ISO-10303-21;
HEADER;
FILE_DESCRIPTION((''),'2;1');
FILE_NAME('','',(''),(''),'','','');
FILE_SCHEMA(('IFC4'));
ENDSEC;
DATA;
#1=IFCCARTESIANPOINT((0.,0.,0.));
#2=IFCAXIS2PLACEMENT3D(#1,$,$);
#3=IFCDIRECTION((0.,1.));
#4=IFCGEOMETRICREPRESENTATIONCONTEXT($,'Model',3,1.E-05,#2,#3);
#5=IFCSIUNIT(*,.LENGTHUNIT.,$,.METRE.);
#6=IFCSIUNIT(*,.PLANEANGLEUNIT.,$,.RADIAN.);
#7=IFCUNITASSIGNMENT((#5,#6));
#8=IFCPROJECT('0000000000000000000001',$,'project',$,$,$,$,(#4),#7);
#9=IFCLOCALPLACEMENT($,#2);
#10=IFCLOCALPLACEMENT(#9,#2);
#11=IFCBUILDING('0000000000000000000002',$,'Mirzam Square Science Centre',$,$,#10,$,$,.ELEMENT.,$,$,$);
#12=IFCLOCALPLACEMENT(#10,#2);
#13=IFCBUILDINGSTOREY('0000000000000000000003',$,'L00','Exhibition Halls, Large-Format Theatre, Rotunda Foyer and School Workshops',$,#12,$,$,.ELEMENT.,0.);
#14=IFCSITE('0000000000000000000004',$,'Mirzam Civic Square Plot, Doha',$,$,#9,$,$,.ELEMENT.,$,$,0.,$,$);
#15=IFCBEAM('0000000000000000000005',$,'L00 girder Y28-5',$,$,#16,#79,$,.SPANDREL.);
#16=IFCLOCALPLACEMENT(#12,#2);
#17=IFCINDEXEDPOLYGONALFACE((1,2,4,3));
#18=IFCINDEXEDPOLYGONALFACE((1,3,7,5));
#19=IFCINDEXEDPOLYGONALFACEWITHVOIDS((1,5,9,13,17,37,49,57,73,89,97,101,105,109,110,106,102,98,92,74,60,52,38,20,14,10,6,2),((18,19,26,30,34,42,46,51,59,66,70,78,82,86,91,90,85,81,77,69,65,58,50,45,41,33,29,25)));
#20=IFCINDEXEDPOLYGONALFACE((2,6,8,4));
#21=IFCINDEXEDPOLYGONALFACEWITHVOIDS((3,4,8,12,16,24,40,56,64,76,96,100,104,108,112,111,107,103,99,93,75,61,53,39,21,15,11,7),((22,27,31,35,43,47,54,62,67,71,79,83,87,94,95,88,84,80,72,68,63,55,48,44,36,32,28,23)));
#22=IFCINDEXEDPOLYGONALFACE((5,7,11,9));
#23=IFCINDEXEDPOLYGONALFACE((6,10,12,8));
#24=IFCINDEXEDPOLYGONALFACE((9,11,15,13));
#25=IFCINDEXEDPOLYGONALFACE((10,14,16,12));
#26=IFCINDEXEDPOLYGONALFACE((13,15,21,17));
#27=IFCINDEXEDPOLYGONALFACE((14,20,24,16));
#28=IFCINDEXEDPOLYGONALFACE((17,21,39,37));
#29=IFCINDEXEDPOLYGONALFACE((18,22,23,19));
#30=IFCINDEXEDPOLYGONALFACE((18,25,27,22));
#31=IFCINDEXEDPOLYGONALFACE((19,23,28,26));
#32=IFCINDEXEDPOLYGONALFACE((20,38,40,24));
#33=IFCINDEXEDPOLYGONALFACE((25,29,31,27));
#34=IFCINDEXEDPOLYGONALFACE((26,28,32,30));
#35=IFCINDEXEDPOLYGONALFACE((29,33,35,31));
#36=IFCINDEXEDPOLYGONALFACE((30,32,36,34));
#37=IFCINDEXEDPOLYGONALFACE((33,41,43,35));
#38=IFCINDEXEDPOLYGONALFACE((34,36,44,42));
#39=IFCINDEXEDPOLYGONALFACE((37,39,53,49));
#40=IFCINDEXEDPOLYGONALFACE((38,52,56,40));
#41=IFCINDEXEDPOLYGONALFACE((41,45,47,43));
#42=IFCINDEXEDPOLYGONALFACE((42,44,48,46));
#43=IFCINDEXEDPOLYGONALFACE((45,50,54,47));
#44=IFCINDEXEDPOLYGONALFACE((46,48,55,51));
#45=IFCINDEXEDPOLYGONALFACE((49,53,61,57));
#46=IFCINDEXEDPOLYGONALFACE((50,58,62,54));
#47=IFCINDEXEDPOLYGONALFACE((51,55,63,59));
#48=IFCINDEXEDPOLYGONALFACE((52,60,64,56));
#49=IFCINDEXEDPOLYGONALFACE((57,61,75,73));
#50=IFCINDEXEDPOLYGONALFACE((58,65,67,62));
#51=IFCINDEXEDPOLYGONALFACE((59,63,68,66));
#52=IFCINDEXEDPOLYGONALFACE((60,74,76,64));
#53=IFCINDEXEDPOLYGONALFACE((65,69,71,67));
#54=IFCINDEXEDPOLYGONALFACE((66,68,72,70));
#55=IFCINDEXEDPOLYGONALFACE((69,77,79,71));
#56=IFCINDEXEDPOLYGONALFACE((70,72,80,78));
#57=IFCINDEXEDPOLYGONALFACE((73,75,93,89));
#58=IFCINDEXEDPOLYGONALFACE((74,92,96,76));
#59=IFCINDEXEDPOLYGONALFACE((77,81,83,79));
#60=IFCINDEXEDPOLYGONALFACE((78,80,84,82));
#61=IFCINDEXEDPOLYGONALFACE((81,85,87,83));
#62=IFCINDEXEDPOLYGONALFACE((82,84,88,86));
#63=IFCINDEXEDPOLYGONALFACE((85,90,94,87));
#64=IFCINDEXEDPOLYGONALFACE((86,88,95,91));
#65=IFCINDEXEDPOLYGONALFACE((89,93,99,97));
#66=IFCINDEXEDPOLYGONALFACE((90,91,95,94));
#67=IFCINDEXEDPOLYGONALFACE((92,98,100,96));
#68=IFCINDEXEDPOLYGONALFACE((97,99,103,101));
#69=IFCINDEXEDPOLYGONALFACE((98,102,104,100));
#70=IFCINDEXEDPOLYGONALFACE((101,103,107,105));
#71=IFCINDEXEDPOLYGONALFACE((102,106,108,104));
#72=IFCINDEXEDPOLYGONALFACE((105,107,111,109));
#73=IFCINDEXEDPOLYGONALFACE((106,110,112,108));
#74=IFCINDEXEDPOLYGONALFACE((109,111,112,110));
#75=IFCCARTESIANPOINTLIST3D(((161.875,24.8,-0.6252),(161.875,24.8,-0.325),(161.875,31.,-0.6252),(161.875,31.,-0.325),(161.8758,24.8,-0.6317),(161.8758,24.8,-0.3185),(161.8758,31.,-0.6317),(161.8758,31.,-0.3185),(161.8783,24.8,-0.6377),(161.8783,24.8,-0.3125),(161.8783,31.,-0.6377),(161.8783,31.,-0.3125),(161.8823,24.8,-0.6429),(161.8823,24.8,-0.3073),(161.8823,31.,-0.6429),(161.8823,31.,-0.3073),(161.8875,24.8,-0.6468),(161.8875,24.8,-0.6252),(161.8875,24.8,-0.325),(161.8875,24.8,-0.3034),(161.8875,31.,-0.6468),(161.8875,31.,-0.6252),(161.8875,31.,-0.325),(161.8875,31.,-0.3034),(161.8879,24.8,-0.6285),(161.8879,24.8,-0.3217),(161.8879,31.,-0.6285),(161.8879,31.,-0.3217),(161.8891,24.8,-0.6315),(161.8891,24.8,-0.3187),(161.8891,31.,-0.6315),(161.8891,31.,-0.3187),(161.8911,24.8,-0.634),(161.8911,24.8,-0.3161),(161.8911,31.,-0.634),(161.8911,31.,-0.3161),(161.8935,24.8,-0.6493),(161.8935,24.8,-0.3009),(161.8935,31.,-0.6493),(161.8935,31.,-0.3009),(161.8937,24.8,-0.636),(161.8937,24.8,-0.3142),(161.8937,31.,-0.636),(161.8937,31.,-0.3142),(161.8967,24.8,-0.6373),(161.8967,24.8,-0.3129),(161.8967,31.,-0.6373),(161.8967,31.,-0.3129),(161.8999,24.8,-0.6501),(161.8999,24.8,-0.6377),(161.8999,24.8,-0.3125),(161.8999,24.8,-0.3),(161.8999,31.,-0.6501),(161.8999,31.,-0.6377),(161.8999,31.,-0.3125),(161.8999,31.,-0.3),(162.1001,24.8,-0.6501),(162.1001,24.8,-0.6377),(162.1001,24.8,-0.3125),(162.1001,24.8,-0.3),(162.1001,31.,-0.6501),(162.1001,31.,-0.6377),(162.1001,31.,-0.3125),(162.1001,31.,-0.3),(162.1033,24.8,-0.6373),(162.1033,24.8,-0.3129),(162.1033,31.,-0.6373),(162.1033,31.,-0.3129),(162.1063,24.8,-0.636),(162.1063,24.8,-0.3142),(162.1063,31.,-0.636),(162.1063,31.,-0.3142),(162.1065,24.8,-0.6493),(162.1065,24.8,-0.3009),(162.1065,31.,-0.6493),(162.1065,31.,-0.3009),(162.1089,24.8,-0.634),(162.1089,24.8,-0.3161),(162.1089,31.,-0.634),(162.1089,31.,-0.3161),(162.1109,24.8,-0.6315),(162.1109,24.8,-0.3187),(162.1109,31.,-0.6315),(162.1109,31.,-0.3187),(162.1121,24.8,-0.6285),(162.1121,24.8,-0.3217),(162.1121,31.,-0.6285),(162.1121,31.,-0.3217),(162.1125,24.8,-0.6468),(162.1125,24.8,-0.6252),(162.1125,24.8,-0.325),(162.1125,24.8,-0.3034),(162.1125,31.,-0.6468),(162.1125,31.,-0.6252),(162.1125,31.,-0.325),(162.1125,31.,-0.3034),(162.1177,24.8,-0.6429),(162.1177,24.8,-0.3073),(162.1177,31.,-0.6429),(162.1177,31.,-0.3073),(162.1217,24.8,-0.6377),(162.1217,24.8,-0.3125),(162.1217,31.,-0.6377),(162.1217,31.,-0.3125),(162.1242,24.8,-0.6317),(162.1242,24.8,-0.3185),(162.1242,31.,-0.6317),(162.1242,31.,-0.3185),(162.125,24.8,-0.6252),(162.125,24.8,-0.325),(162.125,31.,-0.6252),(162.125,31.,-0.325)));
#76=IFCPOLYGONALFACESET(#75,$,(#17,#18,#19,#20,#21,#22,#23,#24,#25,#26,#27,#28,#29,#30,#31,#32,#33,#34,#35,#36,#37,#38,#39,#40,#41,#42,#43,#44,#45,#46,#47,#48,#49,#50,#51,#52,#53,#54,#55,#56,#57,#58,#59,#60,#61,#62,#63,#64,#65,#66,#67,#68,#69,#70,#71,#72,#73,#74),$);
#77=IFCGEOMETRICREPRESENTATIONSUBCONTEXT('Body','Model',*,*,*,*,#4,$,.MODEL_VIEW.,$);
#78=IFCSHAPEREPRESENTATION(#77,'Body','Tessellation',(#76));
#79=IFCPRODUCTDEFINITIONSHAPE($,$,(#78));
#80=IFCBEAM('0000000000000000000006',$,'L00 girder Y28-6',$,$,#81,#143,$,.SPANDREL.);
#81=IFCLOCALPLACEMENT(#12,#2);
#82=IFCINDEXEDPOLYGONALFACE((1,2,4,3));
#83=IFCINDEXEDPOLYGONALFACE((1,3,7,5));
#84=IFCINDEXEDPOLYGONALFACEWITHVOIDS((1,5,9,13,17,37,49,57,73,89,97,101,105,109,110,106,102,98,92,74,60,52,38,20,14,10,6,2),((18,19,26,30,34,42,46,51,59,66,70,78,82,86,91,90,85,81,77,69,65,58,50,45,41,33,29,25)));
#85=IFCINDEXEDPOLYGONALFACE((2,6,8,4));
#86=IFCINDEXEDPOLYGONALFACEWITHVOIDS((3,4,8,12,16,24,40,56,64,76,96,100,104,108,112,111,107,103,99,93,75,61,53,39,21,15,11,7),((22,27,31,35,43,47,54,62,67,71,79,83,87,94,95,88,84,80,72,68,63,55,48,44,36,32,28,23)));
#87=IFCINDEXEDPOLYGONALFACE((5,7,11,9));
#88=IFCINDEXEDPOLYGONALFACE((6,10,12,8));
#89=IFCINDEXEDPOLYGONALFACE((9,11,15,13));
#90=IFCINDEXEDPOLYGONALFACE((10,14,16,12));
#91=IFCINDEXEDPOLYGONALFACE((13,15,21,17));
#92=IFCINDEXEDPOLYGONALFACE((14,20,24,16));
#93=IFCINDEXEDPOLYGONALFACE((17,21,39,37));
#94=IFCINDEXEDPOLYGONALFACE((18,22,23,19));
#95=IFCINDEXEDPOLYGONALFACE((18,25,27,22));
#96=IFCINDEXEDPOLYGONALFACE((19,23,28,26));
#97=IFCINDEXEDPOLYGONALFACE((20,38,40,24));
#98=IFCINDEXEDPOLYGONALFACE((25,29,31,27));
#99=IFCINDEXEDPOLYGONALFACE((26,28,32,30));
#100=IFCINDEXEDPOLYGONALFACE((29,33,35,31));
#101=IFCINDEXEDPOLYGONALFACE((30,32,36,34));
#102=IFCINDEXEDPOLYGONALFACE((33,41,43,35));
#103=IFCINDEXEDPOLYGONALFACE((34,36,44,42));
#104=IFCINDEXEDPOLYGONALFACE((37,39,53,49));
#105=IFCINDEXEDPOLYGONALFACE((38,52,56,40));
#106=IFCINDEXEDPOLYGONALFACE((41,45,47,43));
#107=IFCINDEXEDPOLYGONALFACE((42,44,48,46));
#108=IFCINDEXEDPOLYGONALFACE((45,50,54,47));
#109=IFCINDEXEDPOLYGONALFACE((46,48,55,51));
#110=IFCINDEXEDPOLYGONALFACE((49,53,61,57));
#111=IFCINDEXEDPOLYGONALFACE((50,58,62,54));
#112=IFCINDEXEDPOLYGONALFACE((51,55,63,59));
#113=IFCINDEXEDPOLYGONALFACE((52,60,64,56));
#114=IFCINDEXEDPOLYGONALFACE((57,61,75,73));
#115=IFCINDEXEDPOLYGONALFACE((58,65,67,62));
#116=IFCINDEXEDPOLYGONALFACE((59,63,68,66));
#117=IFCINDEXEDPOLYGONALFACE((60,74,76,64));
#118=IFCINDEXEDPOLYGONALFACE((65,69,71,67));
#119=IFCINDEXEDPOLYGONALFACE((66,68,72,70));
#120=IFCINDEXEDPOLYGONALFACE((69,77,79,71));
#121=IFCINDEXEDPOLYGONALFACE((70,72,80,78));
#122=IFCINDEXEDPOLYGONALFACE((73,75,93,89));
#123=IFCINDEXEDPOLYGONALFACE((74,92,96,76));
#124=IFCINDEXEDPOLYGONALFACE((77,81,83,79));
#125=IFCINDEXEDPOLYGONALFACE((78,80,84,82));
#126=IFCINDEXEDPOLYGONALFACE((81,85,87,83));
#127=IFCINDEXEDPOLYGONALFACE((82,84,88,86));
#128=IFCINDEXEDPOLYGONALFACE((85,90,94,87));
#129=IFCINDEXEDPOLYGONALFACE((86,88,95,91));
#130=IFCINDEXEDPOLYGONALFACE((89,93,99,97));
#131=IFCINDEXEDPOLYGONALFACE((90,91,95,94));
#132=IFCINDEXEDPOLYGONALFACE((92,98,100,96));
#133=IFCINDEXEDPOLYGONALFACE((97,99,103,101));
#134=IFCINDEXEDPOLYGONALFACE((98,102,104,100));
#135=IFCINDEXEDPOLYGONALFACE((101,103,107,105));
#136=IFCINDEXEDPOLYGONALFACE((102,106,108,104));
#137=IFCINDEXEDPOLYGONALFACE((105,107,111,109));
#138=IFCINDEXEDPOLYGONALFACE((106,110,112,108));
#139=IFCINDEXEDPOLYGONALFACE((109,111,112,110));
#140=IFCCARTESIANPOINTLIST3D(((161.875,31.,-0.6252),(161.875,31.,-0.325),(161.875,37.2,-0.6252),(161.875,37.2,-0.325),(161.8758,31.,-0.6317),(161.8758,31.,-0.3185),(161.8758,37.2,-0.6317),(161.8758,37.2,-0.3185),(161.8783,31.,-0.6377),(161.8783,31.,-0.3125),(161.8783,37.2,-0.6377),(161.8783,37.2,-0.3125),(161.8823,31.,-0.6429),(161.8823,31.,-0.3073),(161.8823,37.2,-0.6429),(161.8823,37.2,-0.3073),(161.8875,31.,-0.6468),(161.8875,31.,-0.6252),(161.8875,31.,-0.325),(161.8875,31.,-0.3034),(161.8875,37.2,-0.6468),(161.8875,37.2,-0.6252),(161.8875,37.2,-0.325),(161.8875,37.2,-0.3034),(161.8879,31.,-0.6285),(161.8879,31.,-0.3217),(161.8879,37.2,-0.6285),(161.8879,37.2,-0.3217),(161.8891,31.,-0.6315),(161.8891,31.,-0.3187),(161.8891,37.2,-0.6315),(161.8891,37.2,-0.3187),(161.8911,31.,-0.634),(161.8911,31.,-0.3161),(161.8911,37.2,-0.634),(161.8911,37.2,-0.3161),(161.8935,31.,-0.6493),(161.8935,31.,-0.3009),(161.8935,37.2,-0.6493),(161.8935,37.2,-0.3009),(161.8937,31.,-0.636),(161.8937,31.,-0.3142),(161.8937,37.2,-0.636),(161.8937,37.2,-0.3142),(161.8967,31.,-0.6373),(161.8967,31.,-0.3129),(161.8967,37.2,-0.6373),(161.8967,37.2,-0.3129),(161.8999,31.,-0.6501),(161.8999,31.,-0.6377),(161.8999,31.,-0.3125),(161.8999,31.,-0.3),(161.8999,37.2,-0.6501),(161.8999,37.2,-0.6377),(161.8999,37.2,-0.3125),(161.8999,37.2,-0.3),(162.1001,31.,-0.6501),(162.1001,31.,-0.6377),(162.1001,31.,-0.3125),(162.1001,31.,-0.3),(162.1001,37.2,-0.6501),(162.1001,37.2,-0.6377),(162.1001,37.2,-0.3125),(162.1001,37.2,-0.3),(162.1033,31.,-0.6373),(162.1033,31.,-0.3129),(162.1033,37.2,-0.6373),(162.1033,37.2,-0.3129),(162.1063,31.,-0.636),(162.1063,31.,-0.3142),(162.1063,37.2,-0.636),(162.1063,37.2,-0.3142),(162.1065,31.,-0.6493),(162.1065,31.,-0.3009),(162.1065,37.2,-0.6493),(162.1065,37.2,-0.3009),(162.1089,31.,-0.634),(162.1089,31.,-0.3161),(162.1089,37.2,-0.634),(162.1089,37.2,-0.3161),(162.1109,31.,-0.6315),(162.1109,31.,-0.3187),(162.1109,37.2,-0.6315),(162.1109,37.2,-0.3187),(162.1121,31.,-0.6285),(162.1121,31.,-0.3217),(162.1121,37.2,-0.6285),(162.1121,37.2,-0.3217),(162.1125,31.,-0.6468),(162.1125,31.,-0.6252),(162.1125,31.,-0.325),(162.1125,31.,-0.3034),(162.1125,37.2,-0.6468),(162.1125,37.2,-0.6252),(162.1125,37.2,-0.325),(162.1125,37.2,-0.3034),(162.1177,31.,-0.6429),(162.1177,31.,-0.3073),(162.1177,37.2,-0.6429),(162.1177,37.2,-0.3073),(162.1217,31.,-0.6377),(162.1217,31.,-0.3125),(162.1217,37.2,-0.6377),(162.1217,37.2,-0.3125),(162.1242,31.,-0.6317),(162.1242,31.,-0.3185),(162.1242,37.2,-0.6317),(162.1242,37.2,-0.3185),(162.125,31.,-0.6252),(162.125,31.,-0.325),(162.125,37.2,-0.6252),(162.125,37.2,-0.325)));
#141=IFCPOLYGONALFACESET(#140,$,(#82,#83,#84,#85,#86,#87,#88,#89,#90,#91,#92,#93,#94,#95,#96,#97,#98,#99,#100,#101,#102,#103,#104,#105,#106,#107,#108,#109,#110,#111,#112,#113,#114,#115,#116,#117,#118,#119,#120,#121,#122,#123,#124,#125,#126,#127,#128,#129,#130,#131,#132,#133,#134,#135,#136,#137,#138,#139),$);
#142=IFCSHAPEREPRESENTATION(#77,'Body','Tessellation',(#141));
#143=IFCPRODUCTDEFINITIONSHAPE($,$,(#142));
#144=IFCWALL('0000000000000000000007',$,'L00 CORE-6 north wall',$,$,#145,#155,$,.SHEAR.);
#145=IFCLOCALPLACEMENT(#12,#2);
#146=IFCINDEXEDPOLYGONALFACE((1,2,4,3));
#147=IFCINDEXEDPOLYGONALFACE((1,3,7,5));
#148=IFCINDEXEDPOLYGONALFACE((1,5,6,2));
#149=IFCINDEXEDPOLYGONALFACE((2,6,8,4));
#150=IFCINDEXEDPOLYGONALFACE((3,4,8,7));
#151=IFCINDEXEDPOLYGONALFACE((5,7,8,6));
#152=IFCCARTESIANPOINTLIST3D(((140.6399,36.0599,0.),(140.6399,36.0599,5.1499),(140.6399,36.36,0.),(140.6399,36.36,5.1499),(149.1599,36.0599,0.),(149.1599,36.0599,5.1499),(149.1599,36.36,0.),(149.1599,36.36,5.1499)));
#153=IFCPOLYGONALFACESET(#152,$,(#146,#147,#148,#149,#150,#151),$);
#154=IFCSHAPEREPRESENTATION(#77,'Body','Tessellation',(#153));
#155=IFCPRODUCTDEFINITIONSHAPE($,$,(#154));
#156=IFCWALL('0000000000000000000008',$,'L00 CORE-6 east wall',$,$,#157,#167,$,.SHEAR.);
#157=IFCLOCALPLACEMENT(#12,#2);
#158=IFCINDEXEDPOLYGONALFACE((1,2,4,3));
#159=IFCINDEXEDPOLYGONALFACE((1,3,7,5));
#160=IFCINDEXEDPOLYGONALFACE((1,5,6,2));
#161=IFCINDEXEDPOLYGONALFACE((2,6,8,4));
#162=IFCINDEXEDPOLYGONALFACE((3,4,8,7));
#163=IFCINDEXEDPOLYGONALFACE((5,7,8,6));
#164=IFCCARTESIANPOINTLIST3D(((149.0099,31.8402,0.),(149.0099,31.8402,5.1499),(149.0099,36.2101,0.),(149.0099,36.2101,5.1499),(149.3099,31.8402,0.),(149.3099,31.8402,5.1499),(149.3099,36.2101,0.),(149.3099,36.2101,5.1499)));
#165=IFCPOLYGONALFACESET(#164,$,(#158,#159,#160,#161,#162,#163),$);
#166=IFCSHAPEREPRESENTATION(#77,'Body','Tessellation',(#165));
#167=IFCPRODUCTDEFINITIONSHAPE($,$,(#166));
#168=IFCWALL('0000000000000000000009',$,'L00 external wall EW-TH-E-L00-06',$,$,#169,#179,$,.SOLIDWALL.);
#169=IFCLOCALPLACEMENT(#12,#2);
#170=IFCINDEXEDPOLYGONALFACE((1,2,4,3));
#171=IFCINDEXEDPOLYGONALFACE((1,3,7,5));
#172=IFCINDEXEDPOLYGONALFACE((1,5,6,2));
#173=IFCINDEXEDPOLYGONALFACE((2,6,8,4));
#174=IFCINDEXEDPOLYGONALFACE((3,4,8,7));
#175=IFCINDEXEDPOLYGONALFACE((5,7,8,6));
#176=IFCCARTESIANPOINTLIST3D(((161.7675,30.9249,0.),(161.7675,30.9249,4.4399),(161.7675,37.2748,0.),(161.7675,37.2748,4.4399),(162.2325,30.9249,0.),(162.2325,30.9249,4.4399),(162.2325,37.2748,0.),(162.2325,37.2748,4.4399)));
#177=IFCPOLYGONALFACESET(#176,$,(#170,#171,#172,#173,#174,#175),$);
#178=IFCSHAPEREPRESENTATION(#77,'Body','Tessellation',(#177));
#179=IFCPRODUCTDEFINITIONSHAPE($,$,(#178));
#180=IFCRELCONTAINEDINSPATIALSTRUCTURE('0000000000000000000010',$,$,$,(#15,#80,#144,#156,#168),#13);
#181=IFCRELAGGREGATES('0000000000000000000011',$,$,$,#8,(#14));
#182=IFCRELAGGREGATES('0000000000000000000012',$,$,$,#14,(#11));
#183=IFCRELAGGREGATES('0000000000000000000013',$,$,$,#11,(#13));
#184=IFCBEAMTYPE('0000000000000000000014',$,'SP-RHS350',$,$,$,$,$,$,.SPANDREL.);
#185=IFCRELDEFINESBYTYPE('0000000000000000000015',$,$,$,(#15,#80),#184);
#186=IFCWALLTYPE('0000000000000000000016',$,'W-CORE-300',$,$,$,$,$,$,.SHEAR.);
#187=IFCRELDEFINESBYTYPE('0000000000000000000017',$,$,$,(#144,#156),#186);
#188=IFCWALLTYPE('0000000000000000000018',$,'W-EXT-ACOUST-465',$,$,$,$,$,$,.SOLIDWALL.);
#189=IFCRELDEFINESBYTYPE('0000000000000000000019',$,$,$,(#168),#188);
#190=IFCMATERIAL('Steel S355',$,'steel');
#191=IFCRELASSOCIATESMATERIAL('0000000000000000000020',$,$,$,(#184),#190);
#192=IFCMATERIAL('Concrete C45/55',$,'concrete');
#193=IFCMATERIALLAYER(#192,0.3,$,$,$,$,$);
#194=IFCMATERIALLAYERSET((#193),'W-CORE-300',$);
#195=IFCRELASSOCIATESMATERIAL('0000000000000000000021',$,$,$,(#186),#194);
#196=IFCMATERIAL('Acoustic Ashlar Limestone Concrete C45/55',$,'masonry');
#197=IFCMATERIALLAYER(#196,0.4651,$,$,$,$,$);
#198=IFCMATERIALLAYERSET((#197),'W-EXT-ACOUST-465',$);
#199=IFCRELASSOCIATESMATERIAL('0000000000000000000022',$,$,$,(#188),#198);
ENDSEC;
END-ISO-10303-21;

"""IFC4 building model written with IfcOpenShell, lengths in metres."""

from ifc_helpers import new_model, si_unit, direction, frame, frame_2d, origin, origin_2d, place, context, subcontext, project, spatial, rectangle, hollow_rectangle, extrude, material, layer, layer_set, material_profile, profile_set, type_object, element, save


model = new_model("IFC4")

# Units and contexts
model_context = context("Model", 3, precision=1e-05, world=origin(), true_north=direction((0.0, 1.0)))
body_context = subcontext(model_context, "Body", "Model", "MODEL_VIEW")
ifc_project = project(units=[si_unit("LENGTHUNIT", "METRE"), si_unit("PLANEANGLEUNIT", "RADIAN")], contexts=[model_context])

# Site, building, storey
site_placement = place(None, origin())
site = spatial("IfcSite", under=ifc_project, at=site_placement, Name="Mirzam Civic Square Plot, Doha", CompositionType="ELEMENT", RefElevation=0.0)
building_placement = place(site_placement, origin())
building = spatial("IfcBuilding", under=site, at=building_placement, Name="Mirzam Square Science Centre", CompositionType="ELEMENT")
storey_placement = place(building_placement, origin())
storey = spatial("IfcBuildingStorey", under=building, at=storey_placement, Name="L00", Description="Exhibition Halls, Large-Format Theatre, Rotunda Foyer and School Workshops", CompositionType="ELEMENT", Elevation=0.0)

# Shared definitions
ifc_material_1 = material(Name="Concrete C45/55", Category="concrete")

# Shared definitions
ifc_material_2 = material(Name="Steel S355", Category="steel")

# Beams
ifc_material_profile_1 = material_profile(ifc_material_2, hollow_rectangle(XDim=0.25, YDim=0.3501, WallThickness=0.0125, InnerFilletRadius=0.0125, OuterFilletRadius=0.0249, at=origin_2d()), Name="350x250x12.5RHS")
ifc_profile_set_1 = profile_set([ifc_material_profile_1], Name="Steel S355")
beam_type_1 = type_object("IfcBeamType", Name="SP-RHS350", PredefinedType="SPANDREL", material=ifc_profile_set_1)
for number, where, z_axis, x_axis, name in (
    (1, (162.0, 24.8, -0.4751), (0.0, 1.0, 0.0), (-1.0, 0.0, 0.0), "L00 girder Y28-5"),
    (2, (162.0, 31.0, -0.4751), (0.0, 1.0, 0.0), (-1.0, 0.0, 0.0), "L00 girder Y28-6"),
):
    element("IfcBeam", number, at=place(storey_placement, frame(where, z_axis=z_axis, x_axis=x_axis)), inside=storey, type_object=beam_type_1, Name=name, PredefinedType="SPANDREL", context=body_context, shape_type="SweptSolid", body=[
        extrude(hollow_rectangle(XDim=0.25, YDim=0.3501, WallThickness=0.0125, InnerFilletRadius=0.0125, OuterFilletRadius=0.0249, at=origin_2d()), origin(), (0.0, 0.0, 1.0), 6.2),
    ])

# Walls
ifc_layer_1 = layer(ifc_material_1, 0.3)
ifc_layer_set_1 = layer_set([ifc_layer_1], Name="W-CORE-300")
wall_type_1 = type_object("IfcWallType", Name="W-CORE-300", PredefinedType="SHEAR", material=ifc_layer_set_1)
wall_1_placement = place(storey_placement, frame((149.1599, 36.21, 0.0), z_axis=(0.0, 0.0, 1.0), x_axis=(-1.0, 0.0, 0.0)))
element("IfcWall", 3, at=wall_1_placement, inside=storey, type_object=wall_type_1, Name="L00 CORE-6 north wall", PredefinedType="SHEAR", context=body_context, shape_type="SweptSolid", body=[
    extrude(rectangle(XDim=8.52, YDim=0.3, at=frame_2d((4.26, 0.0))), origin(), (0.0, 0.0, 1.0), 5.1499),
])
wall_2_placement = place(storey_placement, frame((149.1599, 31.8401, 0.0), z_axis=(0.0, 0.0, 1.0), x_axis=(0.0, 1.0, 0.0)))
element("IfcWall", 4, at=wall_2_placement, inside=storey, type_object=wall_type_1, Name="L00 CORE-6 east wall", PredefinedType="SHEAR", context=body_context, shape_type="SweptSolid", body=[
    extrude(rectangle(XDim=4.3699, YDim=0.3, at=frame_2d((2.1851, 0.0))), origin(), (0.0, 0.0, 1.0), 5.1499),
])
ifc_material_3 = material(Name="Acoustic Ashlar Limestone Concrete C45/55", Category="masonry")
ifc_layer_2 = layer(ifc_material_3, 0.4651)
ifc_layer_set_2 = layer_set([ifc_layer_2], Name="W-EXT-ACOUST-465")
wall_type_2 = type_object("IfcWallType", Name="W-EXT-ACOUST-465", PredefinedType="SOLIDWALL", material=ifc_layer_set_2)
wall_3_placement = place(storey_placement, frame((162.0, 30.925, 0.0), z_axis=(0.0, 0.0, 1.0), x_axis=(0.0, 1.0, 0.0)))
element("IfcWall", 5, at=wall_3_placement, inside=storey, type_object=wall_type_2, Name="L00 external wall EW-TH-E-L00-06", PredefinedType="SOLIDWALL", context=body_context, shape_type="SweptSolid", body=[
    extrude(rectangle(XDim=6.3499, YDim=0.4651, at=frame_2d((3.1748, 0.0))), origin(), (0.0, 0.0, 1.0), 4.4399),
])

save(model, "model.ifc")
